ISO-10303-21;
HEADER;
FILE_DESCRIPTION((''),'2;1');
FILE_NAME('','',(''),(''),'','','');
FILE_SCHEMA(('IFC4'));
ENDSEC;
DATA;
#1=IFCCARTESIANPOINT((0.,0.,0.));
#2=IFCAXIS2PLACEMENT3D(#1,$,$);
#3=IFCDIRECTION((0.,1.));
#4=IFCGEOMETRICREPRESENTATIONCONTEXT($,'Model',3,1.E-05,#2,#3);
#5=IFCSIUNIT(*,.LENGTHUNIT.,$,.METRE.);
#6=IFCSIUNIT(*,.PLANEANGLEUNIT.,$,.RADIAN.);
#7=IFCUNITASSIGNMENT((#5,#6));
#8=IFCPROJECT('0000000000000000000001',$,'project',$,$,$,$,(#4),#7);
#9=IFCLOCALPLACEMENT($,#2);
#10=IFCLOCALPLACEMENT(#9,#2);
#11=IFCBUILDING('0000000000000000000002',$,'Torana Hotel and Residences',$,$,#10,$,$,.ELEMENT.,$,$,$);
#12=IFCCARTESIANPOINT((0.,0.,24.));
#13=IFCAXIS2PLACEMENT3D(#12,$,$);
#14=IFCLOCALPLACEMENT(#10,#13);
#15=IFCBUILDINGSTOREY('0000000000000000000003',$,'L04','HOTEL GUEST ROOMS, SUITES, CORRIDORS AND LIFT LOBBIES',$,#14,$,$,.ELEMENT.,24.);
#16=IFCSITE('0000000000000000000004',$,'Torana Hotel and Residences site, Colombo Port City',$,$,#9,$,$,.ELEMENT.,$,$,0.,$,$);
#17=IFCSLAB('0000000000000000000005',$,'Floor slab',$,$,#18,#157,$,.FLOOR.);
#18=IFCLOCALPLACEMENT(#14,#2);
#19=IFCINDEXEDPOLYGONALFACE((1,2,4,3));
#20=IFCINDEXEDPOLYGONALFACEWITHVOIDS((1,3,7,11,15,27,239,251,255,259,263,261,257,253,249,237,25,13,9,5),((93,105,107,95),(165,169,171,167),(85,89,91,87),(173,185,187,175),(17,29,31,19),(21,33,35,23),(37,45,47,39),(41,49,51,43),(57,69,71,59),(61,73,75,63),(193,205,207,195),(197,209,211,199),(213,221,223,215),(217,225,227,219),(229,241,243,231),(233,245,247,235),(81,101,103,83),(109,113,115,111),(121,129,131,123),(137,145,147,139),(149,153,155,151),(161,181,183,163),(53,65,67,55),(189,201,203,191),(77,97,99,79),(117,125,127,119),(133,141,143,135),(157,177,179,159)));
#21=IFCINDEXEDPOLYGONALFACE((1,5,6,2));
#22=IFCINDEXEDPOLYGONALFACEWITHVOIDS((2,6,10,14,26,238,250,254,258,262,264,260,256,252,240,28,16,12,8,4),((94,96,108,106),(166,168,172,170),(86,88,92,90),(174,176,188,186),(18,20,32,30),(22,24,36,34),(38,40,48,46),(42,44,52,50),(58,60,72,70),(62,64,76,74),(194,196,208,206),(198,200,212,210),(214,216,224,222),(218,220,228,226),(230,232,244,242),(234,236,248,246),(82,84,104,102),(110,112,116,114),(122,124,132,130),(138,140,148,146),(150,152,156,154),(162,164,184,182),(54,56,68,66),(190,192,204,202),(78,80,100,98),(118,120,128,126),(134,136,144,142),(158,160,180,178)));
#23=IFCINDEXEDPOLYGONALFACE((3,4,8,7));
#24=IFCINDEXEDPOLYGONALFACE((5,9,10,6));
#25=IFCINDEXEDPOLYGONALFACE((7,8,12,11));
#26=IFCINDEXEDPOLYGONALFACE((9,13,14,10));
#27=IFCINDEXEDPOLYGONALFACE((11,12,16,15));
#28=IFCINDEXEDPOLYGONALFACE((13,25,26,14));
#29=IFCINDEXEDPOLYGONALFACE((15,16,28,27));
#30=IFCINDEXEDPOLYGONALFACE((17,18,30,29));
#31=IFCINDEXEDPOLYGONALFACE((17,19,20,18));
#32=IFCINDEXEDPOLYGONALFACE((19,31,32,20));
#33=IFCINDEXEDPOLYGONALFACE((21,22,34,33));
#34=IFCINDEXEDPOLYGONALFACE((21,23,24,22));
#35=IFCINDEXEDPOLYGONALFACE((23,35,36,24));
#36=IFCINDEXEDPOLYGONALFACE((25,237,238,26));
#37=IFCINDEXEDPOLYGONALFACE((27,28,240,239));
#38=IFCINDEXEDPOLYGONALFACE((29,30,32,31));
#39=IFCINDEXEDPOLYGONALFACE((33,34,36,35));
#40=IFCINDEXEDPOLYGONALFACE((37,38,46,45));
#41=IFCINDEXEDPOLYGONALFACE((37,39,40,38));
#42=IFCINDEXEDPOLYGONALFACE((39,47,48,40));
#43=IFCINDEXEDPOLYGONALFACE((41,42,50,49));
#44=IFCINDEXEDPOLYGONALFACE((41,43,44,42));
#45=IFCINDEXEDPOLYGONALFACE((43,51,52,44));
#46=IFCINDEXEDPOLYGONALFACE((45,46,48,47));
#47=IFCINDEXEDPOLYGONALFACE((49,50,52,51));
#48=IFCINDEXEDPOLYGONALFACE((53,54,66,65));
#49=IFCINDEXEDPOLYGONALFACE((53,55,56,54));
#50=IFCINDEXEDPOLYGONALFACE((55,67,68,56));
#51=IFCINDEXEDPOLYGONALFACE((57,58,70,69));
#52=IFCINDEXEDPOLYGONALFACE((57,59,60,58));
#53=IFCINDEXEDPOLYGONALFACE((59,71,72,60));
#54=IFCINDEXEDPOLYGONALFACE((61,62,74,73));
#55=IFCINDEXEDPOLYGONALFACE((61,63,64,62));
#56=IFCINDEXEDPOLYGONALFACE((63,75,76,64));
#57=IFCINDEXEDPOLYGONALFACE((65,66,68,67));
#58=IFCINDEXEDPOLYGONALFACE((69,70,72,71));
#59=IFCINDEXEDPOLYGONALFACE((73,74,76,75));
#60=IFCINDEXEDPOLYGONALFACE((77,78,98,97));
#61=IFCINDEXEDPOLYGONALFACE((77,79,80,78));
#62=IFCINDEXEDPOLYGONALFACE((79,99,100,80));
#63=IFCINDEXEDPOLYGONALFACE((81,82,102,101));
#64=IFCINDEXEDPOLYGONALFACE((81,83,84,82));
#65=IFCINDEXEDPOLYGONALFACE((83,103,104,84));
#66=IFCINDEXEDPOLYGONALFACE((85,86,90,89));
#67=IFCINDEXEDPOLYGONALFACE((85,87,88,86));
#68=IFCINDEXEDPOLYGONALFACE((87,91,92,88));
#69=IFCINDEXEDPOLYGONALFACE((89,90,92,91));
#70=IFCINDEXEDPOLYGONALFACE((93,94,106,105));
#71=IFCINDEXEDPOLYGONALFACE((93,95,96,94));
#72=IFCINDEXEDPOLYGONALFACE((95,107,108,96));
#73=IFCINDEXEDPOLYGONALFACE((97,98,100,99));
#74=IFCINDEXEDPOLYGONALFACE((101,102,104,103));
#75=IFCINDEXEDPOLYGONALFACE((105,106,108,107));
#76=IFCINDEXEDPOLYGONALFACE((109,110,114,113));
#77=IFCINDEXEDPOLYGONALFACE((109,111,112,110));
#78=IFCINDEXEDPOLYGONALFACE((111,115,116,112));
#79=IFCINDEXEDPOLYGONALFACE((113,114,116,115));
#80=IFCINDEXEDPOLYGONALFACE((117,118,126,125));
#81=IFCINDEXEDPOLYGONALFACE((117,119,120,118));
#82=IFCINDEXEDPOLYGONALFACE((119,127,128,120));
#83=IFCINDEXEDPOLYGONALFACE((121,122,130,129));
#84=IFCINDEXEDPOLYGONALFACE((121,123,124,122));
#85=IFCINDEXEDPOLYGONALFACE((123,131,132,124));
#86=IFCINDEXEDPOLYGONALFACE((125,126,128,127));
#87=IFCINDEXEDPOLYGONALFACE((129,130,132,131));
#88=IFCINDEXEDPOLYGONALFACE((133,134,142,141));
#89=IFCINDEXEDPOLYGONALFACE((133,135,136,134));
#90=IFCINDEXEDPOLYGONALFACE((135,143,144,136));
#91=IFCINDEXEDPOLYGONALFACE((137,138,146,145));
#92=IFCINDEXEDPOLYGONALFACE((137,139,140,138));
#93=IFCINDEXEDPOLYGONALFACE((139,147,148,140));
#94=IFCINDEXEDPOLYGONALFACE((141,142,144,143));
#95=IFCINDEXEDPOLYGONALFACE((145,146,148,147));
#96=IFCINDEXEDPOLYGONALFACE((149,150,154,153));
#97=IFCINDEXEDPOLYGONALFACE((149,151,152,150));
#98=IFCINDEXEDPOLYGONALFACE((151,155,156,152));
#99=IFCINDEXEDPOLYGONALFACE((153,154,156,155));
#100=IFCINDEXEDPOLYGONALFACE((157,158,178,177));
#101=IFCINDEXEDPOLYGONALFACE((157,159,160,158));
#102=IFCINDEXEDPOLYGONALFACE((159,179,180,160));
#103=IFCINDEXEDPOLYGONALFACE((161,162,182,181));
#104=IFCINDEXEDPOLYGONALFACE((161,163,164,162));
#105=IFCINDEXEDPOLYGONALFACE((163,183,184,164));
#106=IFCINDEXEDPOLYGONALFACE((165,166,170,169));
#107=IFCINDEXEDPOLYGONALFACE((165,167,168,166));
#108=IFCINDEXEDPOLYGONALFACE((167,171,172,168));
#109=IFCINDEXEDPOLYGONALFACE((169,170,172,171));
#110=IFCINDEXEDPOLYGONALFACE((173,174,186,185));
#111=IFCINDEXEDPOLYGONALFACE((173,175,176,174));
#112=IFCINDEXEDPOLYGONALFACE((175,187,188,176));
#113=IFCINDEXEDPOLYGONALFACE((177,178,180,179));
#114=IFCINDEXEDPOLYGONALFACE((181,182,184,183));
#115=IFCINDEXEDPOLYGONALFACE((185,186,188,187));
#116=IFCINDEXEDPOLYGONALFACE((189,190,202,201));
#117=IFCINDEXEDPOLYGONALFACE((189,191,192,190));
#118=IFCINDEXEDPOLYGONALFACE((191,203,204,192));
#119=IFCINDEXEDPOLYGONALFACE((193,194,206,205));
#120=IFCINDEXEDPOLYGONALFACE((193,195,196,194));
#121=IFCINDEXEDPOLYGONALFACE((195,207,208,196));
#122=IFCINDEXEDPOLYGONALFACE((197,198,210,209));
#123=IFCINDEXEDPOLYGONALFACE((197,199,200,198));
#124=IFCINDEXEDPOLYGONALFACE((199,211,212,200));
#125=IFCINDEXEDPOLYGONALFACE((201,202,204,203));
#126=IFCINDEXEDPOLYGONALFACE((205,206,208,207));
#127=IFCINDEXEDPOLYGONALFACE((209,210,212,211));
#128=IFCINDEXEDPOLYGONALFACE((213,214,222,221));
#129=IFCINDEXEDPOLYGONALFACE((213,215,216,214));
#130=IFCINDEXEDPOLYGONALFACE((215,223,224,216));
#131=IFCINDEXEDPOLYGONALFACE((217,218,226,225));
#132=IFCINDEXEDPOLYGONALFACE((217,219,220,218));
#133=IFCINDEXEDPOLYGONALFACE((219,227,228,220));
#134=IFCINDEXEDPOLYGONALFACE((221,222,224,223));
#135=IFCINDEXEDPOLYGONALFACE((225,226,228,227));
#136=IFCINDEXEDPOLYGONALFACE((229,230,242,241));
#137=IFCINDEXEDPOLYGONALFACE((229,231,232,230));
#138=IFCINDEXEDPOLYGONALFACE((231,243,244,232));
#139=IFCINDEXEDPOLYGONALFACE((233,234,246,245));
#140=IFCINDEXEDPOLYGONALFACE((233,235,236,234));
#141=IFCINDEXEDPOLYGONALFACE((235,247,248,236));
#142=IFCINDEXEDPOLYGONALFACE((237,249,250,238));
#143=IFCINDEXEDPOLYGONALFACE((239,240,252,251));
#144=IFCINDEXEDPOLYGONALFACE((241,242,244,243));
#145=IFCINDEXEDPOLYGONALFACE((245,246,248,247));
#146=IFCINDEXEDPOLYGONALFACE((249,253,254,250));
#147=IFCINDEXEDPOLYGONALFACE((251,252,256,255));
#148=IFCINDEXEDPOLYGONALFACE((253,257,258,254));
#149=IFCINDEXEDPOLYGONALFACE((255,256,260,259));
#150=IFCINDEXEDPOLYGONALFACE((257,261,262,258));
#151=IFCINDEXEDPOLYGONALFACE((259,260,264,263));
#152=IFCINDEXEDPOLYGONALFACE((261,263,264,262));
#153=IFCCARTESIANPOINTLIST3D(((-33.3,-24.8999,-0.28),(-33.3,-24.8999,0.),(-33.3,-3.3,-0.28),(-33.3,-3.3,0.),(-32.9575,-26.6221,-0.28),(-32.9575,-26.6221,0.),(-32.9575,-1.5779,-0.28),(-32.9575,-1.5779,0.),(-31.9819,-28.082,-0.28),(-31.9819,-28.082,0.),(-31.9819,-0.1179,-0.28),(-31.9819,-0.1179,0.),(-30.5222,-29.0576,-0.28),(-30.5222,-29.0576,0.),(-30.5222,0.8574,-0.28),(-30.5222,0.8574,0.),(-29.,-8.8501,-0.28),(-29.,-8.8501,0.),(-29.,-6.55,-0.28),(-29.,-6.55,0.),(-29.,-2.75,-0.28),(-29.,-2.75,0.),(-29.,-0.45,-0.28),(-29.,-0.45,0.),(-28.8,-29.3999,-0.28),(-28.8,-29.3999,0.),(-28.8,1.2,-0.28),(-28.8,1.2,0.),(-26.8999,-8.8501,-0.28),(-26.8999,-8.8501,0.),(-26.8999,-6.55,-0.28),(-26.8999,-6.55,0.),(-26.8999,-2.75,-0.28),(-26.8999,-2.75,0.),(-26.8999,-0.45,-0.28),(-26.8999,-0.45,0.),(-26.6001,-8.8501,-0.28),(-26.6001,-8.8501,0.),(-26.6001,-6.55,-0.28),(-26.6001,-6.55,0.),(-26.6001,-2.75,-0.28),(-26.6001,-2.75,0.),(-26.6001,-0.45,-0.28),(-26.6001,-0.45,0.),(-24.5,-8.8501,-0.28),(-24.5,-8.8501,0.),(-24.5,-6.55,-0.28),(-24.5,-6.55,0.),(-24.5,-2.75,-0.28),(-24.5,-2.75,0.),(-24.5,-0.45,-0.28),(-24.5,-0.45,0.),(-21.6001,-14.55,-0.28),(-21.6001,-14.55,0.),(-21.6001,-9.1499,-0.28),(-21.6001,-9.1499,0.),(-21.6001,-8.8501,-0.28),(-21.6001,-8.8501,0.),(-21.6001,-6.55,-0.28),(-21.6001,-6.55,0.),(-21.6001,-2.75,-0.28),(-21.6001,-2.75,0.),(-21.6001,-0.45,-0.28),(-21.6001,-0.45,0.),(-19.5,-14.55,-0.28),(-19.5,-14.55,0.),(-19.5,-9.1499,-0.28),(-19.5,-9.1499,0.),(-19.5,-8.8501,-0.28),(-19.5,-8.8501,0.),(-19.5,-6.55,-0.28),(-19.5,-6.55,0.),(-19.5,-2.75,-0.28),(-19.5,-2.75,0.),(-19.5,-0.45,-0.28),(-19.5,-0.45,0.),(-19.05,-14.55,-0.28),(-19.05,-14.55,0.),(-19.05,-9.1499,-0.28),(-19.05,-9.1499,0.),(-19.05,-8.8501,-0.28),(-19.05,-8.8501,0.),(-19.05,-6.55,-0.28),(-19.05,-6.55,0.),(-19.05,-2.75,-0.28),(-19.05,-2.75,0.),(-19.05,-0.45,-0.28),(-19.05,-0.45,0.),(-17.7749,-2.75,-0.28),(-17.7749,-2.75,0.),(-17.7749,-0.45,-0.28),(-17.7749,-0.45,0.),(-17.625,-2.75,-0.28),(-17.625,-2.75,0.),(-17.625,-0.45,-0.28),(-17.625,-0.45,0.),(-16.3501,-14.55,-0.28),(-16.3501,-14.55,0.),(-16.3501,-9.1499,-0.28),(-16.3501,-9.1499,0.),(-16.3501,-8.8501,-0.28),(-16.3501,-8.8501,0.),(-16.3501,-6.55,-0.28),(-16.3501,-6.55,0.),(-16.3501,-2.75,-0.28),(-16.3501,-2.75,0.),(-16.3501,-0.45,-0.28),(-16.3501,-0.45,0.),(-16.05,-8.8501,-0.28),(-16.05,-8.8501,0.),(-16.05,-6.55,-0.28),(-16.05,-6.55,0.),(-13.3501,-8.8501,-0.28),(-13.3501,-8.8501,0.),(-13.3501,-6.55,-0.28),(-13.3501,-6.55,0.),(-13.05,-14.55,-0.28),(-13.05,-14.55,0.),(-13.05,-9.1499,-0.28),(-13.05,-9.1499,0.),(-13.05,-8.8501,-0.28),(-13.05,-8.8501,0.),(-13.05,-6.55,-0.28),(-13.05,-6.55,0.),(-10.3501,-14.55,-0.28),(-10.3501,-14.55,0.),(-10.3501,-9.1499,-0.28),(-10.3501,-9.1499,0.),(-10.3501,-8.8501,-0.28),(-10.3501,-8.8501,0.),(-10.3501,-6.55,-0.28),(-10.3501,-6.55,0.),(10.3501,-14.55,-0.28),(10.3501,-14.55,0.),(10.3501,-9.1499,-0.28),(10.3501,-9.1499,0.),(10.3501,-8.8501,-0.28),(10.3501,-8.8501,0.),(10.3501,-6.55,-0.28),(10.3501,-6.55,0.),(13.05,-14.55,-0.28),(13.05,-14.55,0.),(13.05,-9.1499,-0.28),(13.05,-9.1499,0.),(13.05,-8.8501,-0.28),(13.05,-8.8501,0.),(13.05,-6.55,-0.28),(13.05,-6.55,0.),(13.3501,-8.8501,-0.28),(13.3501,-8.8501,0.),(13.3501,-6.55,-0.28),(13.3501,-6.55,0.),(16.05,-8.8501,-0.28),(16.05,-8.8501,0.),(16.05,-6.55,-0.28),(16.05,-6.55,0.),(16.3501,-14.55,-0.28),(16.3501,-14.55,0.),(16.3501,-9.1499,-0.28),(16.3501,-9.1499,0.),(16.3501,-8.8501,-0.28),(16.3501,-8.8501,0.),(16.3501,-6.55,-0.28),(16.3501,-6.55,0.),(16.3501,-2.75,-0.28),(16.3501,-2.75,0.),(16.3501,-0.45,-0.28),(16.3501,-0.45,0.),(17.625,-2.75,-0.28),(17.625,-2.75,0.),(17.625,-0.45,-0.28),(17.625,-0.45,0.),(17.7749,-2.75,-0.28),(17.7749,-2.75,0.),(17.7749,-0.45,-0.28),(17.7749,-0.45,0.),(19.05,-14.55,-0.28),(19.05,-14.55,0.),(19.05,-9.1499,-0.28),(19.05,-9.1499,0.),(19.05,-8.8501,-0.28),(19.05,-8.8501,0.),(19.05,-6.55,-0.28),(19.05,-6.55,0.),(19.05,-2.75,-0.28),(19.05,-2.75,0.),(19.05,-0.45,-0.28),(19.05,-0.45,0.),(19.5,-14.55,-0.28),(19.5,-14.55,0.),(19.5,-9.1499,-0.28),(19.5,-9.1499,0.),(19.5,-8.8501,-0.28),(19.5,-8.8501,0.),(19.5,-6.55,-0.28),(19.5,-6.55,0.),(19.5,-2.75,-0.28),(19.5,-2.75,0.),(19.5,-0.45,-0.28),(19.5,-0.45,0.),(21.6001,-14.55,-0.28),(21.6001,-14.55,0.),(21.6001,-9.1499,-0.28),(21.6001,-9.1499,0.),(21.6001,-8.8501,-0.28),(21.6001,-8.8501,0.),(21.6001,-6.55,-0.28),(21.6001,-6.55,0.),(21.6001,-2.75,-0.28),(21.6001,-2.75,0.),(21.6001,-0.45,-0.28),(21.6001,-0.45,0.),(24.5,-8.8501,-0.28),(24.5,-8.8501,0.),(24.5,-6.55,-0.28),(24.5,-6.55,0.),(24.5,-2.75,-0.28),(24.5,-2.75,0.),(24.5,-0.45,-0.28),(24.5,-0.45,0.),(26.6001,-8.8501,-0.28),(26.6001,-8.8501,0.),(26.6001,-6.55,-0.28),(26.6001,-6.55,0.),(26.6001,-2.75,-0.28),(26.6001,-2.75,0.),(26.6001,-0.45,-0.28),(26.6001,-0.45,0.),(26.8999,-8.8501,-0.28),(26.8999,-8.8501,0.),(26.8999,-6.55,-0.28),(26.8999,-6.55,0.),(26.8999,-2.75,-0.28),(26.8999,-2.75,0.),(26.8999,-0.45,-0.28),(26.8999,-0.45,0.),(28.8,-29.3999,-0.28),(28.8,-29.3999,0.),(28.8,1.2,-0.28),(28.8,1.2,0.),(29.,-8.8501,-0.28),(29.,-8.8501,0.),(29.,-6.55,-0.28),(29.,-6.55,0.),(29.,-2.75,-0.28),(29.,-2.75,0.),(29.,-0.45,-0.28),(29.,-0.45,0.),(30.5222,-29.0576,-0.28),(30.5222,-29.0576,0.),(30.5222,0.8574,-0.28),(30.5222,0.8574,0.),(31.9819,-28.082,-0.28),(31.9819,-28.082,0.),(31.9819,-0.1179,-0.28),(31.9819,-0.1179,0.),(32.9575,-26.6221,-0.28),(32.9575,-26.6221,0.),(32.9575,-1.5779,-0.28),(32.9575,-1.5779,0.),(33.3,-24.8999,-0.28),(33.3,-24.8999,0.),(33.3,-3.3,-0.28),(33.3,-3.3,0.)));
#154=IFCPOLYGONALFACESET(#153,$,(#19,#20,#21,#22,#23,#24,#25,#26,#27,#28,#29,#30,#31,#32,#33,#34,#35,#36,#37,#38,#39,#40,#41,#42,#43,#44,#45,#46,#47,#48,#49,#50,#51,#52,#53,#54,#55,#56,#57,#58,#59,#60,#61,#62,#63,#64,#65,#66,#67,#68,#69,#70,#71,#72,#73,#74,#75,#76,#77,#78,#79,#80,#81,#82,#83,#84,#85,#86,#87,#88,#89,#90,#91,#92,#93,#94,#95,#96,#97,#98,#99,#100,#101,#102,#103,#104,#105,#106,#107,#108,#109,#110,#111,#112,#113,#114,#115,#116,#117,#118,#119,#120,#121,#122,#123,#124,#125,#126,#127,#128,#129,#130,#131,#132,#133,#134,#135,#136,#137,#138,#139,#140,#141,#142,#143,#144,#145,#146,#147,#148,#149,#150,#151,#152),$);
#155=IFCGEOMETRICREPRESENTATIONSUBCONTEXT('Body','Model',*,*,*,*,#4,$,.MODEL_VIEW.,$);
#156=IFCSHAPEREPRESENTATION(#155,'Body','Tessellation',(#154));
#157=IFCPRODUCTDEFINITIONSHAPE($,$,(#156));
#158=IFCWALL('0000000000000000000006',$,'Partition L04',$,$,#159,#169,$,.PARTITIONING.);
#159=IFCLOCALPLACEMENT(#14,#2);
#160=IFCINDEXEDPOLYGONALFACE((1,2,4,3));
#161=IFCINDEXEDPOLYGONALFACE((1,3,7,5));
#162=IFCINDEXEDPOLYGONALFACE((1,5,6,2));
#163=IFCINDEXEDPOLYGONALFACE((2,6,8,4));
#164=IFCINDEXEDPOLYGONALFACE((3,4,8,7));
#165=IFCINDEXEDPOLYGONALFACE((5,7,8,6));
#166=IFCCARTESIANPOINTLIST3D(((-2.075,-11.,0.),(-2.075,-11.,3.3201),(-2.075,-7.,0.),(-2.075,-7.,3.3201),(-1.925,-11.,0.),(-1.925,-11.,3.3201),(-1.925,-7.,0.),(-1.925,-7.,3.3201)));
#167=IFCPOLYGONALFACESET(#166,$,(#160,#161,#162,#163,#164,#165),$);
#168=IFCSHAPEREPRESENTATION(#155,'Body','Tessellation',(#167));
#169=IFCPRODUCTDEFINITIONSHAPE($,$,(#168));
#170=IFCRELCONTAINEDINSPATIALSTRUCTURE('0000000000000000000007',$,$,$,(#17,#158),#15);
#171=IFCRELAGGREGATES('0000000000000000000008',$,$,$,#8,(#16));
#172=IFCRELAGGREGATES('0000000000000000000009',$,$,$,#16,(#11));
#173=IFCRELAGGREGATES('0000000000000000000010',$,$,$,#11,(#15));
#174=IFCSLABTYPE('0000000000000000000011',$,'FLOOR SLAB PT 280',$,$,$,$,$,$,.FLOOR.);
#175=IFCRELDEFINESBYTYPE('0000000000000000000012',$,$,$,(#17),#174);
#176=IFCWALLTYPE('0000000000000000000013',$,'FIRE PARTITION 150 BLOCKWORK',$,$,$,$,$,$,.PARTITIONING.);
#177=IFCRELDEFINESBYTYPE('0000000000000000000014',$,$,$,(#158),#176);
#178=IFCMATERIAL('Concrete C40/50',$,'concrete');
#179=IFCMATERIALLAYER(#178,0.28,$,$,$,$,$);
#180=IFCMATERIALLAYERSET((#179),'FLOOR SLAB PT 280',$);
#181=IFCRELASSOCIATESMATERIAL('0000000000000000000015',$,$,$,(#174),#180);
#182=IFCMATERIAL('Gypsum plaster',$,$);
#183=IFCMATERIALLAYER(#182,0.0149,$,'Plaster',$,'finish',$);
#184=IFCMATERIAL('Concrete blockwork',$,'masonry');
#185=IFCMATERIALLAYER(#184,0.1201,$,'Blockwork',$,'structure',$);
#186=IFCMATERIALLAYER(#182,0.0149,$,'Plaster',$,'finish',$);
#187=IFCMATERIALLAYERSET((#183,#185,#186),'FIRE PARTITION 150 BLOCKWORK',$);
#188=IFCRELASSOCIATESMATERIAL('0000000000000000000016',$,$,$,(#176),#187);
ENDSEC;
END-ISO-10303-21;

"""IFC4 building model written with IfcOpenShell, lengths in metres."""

from ifc_helpers import new_model, si_unit, direction, frame, frame_2d, origin, place, context, subcontext, project, spatial, polyline, rectangle, outline, extrude, material, layer, layer_set, type_object, element, save


model = new_model("IFC4")

# Units and contexts
model_context = context("Model", 3, precision=1e-05, world=origin(), true_north=direction((0.0, 1.0)))
body_context = subcontext(model_context, "Body", "Model", "MODEL_VIEW")
ifc_project = project(units=[si_unit("LENGTHUNIT", "METRE"), si_unit("PLANEANGLEUNIT", "RADIAN")], contexts=[model_context])

# Site, building, storey
site_placement = place(None, origin())
site = spatial("IfcSite", under=ifc_project, at=site_placement, Name="Torana Hotel and Residences site, Colombo Port City", CompositionType="ELEMENT", RefElevation=0.0)
building_placement = place(site_placement, origin())
building = spatial("IfcBuilding", under=site, at=building_placement, Name="Torana Hotel and Residences", CompositionType="ELEMENT")
storey_placement = place(building_placement, frame((0.0, 0.0, 24.0)))
storey = spatial("IfcBuildingStorey", under=building, at=storey_placement, Name="L04", Description="HOTEL GUEST ROOMS, SUITES, CORRIDORS AND LIFT LOBBIES", CompositionType="ELEMENT", Elevation=24.0)

# Slab
ifc_material_1 = material(Name="Concrete C40/50", Category="concrete")
ifc_layer_1 = layer(ifc_material_1, 0.28)
ifc_layer_set_1 = layer_set([ifc_layer_1], Name="FLOOR SLAB PT 280")
slab_type_1 = type_object("IfcSlabType", Name="FLOOR SLAB PT 280", PredefinedType="FLOOR", material=ifc_layer_set_1)
slab_1_placement = place(storey_placement, frame((0.0, 0.0, -0.28)))
element("IfcSlab", 1, at=slab_1_placement, inside=storey, type_object=slab_type_1, Name="Floor slab", PredefinedType="FLOOR", context=body_context, shape_type="SweptSolid", body=[
    extrude(outline(polyline([(33.3, -3.3), (32.9575, -1.5779), (31.9819, -0.1179), (30.5222, 0.8574), (28.8, 1.2), (-28.8, 1.2), (-30.5222, 0.8574), (-31.9819, -0.1179), (-32.9575, -1.5779), (-33.3, -3.3), (-33.3, -24.8999), (-32.9575, -26.6221), (-31.9819, -28.082), (-30.5222, -29.0576), (-28.8, -29.3999), (28.8, -29.3999), (30.5222, -29.0576), (31.9819, -28.082), (32.9575, -26.6221), (33.3, -24.8999), (33.3, -3.3)]), holes=[polyline([(-13.05, -14.55), (-10.3501, -14.55), (-10.3501, -9.1499), (-13.05, -9.1499), (-13.05, -14.55)]), polyline([(-19.05, -14.55), (-16.3501, -14.55), (-16.3501, -9.1499), (-19.05, -9.1499), (-19.05, -14.55)]), polyline([(-17.625, -2.75), (-16.3501, -2.75), (-16.3501, -0.45), (-17.625, -0.45), (-17.625, -2.75)]), polyline([(-19.05, -2.75), (-17.7749, -2.75), (-17.7749, -0.45), (-19.05, -0.45), (-19.05, -2.75)]), polyline([(-26.6001, -2.75), (-24.5, -2.75), (-24.5, -0.45), (-26.6001, -0.45), (-26.6001, -2.75)]), polyline([(-29.0, -2.75), (-26.8999, -2.75), (-26.8999, -0.45), (-29.0, -0.45), (-29.0, -2.75)]), polyline([(-26.6001, -8.8501), (-24.5, -8.8501), (-24.5, -6.55), (-26.6001, -6.55), (-26.6001, -8.8501)]), polyline([(-29.0, -8.8501), (-26.8999, -8.8501), (-26.8999, -6.55), (-29.0, -6.55), (-29.0, -8.8501)]), polyline([(-21.6001, -2.75), (-19.5, -2.75), (-19.5, -0.45), (-21.6001, -0.45), (-21.6001, -2.75)]), polyline([(-21.6001, -8.8501), (-19.5, -8.8501), (-19.5, -6.55), (-21.6001, -6.55), (-21.6001, -8.8501)]), polyline([(-13.05, -8.8501), (-10.3501, -8.8501), (-10.3501, -6.55), (-13.05, -6.55), (-13.05, -8.8501)]), polyline([(-16.05, -8.8501), (-13.3501, -8.8501), (-13.3501, -6.55), (-16.05, -6.55), (-16.05, -8.8501)]), polyline([(-19.05, -8.8501), (-16.3501, -8.8501), (-16.3501, -6.55), (-19.05, -6.55), (-19.05, -8.8501)]), polyline([(-21.6001, -14.55), (-19.5, -14.55), (-19.5, -9.1499), (-21.6001, -9.1499), (-21.6001, -14.55)]), polyline([(10.3501, -14.55), (13.05, -14.55), (13.05, -9.1499), (10.3501, -9.1499), (10.3501, -14.55)]), polyline([(16.3501, -14.55), (19.05, -14.55), (19.05, -9.1499), (16.3501, -9.1499), (16.3501, -14.55)]), polyline([(16.3501, -2.75), (17.625, -2.75), (17.625, -0.45), (16.3501, -0.45), (16.3501, -2.75)]), polyline([(17.7749, -2.75), (19.05, -2.75), (19.05, -0.45), (17.7749, -0.45), (17.7749, -2.75)]), polyline([(24.5, -2.75), (26.6001, -2.75), (26.6001, -0.45), (24.5, -0.45), (24.5, -2.75)]), polyline([(26.8999, -2.75), (29.0, -2.75), (29.0, -0.45), (26.8999, -0.45), (26.8999, -2.75)]), polyline([(24.5, -8.8501), (26.6001, -8.8501), (26.6001, -6.55), (24.5, -6.55), (24.5, -8.8501)]), polyline([(26.8999, -8.8501), (29.0, -8.8501), (29.0, -6.55), (26.8999, -6.55), (26.8999, -8.8501)]), polyline([(19.5, -2.75), (21.6001, -2.75), (21.6001, -0.45), (19.5, -0.45), (19.5, -2.75)]), polyline([(19.5, -8.8501), (21.6001, -8.8501), (21.6001, -6.55), (19.5, -6.55), (19.5, -8.8501)]), polyline([(10.3501, -8.8501), (13.05, -8.8501), (13.05, -6.55), (10.3501, -6.55), (10.3501, -8.8501)]), polyline([(13.3501, -8.8501), (16.05, -8.8501), (16.05, -6.55), (13.3501, -6.55), (13.3501, -8.8501)]), polyline([(16.3501, -8.8501), (19.05, -8.8501), (19.05, -6.55), (16.3501, -6.55), (16.3501, -8.8501)]), polyline([(19.5, -14.55), (21.6001, -14.55), (21.6001, -9.1499), (19.5, -9.1499), (19.5, -14.55)])]), origin(), (0.0, 0.0, 1.0), 0.28),
])

# Wall
ifc_material_2 = material(Name="Gypsum plaster")
ifc_layer_2 = layer(ifc_material_2, 0.0149, Name="Plaster", Category="finish")
ifc_material_3 = material(Name="Concrete blockwork", Category="masonry")
ifc_layer_3 = layer(ifc_material_3, 0.1201, Name="Blockwork", Category="structure")
ifc_layer_4 = layer(ifc_material_2, 0.0149, Name="Plaster", Category="finish")
ifc_layer_set_2 = layer_set([ifc_layer_2, ifc_layer_3, ifc_layer_4], Name="FIRE PARTITION 150 BLOCKWORK")
wall_type_1 = type_object("IfcWallType", Name="FIRE PARTITION 150 BLOCKWORK", PredefinedType="PARTITIONING", material=ifc_layer_set_2)
wall_1_placement = place(storey_placement, frame((-2.0, -11.0, 0.0), z_axis=(0.0, 0.0, 1.0), x_axis=(0.0, 1.0, 0.0)))
element("IfcWall", 2, at=wall_1_placement, inside=storey, type_object=wall_type_1, Name="Partition L04", PredefinedType="PARTITIONING", context=body_context, shape_type="SweptSolid", body=[
    extrude(rectangle(XDim=4.0, YDim=0.1499, at=frame_2d((2.0, 0.0))), origin(), (0.0, 0.0, 1.0), 3.3201),
])

save(model, "model.ifc")
